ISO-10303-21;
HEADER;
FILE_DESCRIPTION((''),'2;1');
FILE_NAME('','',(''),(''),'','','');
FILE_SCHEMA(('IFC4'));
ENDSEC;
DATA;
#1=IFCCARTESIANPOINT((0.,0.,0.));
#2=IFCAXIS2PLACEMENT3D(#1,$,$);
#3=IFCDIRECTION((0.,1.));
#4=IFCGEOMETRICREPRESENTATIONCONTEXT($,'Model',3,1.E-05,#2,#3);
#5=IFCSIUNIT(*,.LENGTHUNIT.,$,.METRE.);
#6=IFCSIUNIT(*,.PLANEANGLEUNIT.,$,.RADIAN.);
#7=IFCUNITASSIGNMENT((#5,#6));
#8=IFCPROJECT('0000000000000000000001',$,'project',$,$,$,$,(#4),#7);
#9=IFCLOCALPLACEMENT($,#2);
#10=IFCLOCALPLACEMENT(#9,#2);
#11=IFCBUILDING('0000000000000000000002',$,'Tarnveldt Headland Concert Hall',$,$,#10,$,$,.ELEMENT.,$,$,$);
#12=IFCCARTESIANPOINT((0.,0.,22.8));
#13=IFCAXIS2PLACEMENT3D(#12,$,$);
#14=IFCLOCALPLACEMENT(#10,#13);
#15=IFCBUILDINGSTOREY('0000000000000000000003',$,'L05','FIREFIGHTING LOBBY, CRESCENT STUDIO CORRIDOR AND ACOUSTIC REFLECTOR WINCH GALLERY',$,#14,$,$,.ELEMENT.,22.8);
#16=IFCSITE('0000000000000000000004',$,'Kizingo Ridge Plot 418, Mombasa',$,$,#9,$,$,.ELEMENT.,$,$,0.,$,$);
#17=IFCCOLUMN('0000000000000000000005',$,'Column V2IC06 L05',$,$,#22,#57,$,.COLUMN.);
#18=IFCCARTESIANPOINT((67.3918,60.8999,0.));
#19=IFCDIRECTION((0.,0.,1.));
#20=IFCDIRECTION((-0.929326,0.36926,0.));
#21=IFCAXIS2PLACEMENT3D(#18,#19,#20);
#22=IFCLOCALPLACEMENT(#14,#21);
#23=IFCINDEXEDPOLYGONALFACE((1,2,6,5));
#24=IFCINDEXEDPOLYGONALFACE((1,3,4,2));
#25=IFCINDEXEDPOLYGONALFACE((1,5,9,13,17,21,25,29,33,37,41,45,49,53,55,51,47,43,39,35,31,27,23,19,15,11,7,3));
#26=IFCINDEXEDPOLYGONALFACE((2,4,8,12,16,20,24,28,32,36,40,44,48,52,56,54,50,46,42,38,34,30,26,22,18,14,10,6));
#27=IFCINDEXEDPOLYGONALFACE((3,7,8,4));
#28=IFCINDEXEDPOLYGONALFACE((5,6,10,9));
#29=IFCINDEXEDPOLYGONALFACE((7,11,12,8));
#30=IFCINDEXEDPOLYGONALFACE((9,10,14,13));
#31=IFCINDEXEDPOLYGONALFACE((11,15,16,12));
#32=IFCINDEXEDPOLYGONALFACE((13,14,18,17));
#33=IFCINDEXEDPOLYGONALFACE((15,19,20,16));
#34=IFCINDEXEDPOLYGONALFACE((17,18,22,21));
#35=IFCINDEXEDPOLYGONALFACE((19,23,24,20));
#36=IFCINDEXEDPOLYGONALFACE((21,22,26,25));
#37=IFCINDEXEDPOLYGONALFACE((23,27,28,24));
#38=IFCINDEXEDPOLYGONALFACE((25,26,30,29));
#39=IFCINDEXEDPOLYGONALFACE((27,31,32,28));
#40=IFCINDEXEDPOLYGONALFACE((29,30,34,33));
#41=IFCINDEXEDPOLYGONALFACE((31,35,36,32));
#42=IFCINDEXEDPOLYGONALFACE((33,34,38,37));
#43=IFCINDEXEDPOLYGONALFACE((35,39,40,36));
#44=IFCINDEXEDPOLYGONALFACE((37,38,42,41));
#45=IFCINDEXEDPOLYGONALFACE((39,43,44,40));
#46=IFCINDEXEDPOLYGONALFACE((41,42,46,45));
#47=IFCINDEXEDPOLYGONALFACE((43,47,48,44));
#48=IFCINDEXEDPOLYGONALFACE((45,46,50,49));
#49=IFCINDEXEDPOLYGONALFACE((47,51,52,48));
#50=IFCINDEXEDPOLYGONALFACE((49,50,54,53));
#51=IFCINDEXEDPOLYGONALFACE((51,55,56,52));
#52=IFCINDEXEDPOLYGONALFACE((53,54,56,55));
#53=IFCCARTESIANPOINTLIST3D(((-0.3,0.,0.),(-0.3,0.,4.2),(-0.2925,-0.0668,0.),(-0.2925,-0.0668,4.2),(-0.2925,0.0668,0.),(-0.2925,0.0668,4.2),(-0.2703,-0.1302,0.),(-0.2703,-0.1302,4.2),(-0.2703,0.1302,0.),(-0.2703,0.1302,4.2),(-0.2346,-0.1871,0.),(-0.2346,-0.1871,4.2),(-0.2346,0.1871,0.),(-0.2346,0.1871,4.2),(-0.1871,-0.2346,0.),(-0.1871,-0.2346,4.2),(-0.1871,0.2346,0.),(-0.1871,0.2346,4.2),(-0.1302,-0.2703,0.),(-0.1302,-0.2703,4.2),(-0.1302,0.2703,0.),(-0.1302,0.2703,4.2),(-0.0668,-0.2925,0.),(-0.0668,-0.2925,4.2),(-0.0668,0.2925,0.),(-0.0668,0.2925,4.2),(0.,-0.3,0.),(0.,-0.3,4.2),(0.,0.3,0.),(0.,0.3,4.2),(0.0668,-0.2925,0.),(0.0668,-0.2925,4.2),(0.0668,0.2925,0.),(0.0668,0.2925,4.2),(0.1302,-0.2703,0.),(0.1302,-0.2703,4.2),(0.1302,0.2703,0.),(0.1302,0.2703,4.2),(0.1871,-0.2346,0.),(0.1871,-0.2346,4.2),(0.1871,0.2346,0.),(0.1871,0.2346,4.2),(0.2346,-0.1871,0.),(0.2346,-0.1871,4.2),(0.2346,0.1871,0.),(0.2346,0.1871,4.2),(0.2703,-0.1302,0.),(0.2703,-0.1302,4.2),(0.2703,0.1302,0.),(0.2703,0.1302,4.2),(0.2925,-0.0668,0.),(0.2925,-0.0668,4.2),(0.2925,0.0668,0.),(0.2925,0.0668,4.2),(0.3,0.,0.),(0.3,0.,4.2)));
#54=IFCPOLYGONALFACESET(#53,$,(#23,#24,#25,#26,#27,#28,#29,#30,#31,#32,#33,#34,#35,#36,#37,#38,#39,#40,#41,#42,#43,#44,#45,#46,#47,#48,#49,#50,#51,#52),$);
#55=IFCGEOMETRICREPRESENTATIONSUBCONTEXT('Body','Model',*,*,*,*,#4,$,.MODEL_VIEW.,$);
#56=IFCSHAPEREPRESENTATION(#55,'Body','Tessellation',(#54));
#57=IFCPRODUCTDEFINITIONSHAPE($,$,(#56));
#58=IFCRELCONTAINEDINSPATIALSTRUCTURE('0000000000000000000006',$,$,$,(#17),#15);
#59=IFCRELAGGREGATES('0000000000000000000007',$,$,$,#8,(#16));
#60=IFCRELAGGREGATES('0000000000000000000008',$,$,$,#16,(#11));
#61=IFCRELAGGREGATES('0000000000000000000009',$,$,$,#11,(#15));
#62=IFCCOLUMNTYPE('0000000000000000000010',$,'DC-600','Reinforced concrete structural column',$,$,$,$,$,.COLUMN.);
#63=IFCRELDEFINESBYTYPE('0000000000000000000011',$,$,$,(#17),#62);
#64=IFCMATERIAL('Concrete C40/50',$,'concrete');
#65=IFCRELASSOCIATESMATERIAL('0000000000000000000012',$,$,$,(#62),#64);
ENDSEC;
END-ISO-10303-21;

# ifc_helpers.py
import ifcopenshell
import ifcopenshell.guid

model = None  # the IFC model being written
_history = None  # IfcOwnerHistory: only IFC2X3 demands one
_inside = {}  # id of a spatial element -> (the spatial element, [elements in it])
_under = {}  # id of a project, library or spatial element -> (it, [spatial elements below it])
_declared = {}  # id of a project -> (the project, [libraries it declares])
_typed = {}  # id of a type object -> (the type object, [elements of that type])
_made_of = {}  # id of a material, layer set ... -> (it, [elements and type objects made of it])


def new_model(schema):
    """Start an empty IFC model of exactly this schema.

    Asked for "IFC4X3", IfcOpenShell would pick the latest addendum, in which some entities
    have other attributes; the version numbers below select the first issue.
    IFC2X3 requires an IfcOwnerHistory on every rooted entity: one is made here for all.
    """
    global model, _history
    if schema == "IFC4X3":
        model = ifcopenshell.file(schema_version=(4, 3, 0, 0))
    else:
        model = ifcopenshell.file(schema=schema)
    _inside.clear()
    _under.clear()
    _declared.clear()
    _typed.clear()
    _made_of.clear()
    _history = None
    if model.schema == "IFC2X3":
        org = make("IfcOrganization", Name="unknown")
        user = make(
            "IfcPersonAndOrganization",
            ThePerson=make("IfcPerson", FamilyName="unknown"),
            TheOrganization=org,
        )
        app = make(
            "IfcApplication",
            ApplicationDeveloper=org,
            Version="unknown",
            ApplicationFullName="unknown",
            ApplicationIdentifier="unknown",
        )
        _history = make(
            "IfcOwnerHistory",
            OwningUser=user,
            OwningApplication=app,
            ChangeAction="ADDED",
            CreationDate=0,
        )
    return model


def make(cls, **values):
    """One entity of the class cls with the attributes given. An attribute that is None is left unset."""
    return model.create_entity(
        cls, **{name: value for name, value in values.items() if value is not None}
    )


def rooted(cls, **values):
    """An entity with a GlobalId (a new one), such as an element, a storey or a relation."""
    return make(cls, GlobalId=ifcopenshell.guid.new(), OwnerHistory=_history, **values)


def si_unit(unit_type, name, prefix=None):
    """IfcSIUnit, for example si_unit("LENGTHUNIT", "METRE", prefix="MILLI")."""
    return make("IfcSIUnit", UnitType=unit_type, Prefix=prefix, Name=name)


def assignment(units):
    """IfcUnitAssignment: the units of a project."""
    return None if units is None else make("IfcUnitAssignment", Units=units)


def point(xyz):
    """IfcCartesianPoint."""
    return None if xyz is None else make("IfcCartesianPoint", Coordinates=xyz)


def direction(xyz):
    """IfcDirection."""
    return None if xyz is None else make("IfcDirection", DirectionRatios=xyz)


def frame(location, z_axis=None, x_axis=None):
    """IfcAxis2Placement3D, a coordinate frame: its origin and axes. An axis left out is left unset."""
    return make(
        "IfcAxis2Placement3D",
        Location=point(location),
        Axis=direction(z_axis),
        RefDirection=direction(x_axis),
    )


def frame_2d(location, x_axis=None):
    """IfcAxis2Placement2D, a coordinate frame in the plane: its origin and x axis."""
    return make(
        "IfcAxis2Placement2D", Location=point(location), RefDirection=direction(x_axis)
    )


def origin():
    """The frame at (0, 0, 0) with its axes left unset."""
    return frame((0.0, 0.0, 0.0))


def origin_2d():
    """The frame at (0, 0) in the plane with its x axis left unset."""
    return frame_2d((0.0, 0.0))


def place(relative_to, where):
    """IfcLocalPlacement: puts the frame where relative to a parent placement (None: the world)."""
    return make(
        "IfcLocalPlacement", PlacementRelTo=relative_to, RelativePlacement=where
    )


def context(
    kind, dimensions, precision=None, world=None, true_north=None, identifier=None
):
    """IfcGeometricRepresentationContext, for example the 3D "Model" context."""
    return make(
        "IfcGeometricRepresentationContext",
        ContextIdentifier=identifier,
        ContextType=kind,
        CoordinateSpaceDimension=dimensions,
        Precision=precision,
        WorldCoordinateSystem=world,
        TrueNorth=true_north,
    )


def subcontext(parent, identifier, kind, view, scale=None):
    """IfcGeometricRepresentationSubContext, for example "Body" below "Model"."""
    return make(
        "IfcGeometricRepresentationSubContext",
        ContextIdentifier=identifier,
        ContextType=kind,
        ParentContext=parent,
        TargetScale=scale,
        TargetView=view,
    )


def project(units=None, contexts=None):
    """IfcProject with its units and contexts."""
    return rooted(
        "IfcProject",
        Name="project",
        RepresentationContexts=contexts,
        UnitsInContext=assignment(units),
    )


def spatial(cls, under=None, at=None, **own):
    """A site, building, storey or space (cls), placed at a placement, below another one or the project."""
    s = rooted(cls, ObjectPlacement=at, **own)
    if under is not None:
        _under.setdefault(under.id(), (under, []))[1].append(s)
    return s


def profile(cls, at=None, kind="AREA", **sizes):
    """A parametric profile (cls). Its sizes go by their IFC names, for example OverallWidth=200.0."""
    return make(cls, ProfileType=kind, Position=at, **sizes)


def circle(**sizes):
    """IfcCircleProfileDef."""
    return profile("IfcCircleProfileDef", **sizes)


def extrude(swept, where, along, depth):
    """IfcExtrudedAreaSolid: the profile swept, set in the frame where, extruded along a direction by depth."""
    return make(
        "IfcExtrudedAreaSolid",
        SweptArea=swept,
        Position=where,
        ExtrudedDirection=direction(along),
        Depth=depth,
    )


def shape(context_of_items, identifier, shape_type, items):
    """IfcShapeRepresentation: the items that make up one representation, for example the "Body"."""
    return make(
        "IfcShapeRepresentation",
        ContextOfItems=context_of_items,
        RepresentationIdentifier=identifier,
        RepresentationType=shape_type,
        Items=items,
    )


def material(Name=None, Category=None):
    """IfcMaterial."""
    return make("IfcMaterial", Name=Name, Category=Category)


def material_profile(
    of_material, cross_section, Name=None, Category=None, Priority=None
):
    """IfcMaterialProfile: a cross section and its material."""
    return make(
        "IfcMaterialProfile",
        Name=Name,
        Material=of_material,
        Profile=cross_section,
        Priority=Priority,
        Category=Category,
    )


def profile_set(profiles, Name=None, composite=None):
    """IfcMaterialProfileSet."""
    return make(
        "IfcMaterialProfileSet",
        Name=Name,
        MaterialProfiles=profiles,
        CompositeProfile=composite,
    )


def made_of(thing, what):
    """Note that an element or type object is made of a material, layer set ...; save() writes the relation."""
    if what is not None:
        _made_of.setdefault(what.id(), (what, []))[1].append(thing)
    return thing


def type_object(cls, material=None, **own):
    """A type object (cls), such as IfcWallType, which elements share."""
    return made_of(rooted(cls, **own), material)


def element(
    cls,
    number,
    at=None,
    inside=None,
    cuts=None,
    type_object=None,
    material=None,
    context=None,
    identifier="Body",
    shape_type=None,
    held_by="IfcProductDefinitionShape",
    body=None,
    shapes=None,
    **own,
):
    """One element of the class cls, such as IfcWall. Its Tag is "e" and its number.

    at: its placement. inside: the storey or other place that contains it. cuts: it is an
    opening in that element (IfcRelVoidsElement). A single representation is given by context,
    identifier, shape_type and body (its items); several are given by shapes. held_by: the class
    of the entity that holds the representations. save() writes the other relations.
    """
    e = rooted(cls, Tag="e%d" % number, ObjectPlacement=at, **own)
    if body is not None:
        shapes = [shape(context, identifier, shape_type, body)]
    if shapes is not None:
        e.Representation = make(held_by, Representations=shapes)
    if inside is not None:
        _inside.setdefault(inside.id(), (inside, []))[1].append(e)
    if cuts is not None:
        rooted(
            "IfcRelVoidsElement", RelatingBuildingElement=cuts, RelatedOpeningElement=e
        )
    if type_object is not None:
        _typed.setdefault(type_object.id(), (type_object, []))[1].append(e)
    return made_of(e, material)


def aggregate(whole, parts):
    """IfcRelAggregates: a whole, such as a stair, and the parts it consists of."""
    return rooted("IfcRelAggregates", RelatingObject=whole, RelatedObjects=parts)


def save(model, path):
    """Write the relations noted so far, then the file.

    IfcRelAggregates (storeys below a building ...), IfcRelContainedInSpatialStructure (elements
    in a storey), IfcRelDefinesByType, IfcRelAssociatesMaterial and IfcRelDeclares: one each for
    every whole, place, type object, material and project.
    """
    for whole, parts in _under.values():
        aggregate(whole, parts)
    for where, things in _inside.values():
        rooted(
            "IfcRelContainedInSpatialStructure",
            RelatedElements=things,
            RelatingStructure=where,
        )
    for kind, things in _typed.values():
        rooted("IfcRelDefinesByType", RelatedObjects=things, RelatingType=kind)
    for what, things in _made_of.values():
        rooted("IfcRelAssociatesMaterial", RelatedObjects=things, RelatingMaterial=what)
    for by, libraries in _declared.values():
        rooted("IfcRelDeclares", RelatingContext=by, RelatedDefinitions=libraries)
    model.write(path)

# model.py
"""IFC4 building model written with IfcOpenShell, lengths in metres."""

from ifc_helpers import new_model, si_unit, direction, frame, origin, origin_2d, place, context, subcontext, project, spatial, circle, extrude, material, material_profile, profile_set, type_object, element, save


model = new_model("IFC4")

# Units and contexts
model_context = context("Model", 3, precision=1e-05, world=origin(), true_north=direction((0.0, 1.0)))
body_context = subcontext(model_context, "Body", "Model", "MODEL_VIEW")
ifc_project = project(units=[si_unit("LENGTHUNIT", "METRE"), si_unit("PLANEANGLEUNIT", "RADIAN")], contexts=[model_context])

# Site, building, storey
site_placement = place(None, origin())
site = spatial("IfcSite", under=ifc_project, at=site_placement, Name="Kizingo Ridge Plot 418, Mombasa", CompositionType="ELEMENT", RefElevation=0.0)
building_placement = place(site_placement, origin())
building = spatial("IfcBuilding", under=site, at=building_placement, Name="Tarnveldt Headland Concert Hall", CompositionType="ELEMENT")
storey_placement = place(building_placement, frame((0.0, 0.0, 22.8)))
storey = spatial("IfcBuildingStorey", under=building, at=storey_placement, Name="L05", Description="FIREFIGHTING LOBBY, CRESCENT STUDIO CORRIDOR AND ACOUSTIC REFLECTOR WINCH GALLERY", CompositionType="ELEMENT", Elevation=22.8)

# Column
ifc_material_1 = material(Name="Concrete C40/50", Category="concrete")
ifc_material_profile_1 = material_profile(ifc_material_1, circle(Radius=0.3, at=origin_2d()), Name="RC D600", Category="concrete")
ifc_profile_set_1 = profile_set([ifc_material_profile_1], Name="Concrete C40/50")
column_type = type_object("IfcColumnType", Name="DC-600", Description="Reinforced concrete structural column", PredefinedType="COLUMN", material=ifc_profile_set_1)
for number, where, z_axis, x_axis, name in (
    (1, (67.3918, 60.8999, 0.0), (0.0, 0.0, 1.0), (-0.929326, 0.36926, 0.0), "Column V2IC06 L05"),
):
    element("IfcColumn", number, at=place(storey_placement, frame(where, z_axis=z_axis, x_axis=x_axis)), inside=storey, type_object=column_type, Name=name, PredefinedType="COLUMN", context=body_context, shape_type="SweptSolid", body=[
        extrude(circle(Radius=0.3, at=origin_2d()), origin(), (0.0, 0.0, 1.0), 4.2),
    ])

save(model, "model.ifc")
